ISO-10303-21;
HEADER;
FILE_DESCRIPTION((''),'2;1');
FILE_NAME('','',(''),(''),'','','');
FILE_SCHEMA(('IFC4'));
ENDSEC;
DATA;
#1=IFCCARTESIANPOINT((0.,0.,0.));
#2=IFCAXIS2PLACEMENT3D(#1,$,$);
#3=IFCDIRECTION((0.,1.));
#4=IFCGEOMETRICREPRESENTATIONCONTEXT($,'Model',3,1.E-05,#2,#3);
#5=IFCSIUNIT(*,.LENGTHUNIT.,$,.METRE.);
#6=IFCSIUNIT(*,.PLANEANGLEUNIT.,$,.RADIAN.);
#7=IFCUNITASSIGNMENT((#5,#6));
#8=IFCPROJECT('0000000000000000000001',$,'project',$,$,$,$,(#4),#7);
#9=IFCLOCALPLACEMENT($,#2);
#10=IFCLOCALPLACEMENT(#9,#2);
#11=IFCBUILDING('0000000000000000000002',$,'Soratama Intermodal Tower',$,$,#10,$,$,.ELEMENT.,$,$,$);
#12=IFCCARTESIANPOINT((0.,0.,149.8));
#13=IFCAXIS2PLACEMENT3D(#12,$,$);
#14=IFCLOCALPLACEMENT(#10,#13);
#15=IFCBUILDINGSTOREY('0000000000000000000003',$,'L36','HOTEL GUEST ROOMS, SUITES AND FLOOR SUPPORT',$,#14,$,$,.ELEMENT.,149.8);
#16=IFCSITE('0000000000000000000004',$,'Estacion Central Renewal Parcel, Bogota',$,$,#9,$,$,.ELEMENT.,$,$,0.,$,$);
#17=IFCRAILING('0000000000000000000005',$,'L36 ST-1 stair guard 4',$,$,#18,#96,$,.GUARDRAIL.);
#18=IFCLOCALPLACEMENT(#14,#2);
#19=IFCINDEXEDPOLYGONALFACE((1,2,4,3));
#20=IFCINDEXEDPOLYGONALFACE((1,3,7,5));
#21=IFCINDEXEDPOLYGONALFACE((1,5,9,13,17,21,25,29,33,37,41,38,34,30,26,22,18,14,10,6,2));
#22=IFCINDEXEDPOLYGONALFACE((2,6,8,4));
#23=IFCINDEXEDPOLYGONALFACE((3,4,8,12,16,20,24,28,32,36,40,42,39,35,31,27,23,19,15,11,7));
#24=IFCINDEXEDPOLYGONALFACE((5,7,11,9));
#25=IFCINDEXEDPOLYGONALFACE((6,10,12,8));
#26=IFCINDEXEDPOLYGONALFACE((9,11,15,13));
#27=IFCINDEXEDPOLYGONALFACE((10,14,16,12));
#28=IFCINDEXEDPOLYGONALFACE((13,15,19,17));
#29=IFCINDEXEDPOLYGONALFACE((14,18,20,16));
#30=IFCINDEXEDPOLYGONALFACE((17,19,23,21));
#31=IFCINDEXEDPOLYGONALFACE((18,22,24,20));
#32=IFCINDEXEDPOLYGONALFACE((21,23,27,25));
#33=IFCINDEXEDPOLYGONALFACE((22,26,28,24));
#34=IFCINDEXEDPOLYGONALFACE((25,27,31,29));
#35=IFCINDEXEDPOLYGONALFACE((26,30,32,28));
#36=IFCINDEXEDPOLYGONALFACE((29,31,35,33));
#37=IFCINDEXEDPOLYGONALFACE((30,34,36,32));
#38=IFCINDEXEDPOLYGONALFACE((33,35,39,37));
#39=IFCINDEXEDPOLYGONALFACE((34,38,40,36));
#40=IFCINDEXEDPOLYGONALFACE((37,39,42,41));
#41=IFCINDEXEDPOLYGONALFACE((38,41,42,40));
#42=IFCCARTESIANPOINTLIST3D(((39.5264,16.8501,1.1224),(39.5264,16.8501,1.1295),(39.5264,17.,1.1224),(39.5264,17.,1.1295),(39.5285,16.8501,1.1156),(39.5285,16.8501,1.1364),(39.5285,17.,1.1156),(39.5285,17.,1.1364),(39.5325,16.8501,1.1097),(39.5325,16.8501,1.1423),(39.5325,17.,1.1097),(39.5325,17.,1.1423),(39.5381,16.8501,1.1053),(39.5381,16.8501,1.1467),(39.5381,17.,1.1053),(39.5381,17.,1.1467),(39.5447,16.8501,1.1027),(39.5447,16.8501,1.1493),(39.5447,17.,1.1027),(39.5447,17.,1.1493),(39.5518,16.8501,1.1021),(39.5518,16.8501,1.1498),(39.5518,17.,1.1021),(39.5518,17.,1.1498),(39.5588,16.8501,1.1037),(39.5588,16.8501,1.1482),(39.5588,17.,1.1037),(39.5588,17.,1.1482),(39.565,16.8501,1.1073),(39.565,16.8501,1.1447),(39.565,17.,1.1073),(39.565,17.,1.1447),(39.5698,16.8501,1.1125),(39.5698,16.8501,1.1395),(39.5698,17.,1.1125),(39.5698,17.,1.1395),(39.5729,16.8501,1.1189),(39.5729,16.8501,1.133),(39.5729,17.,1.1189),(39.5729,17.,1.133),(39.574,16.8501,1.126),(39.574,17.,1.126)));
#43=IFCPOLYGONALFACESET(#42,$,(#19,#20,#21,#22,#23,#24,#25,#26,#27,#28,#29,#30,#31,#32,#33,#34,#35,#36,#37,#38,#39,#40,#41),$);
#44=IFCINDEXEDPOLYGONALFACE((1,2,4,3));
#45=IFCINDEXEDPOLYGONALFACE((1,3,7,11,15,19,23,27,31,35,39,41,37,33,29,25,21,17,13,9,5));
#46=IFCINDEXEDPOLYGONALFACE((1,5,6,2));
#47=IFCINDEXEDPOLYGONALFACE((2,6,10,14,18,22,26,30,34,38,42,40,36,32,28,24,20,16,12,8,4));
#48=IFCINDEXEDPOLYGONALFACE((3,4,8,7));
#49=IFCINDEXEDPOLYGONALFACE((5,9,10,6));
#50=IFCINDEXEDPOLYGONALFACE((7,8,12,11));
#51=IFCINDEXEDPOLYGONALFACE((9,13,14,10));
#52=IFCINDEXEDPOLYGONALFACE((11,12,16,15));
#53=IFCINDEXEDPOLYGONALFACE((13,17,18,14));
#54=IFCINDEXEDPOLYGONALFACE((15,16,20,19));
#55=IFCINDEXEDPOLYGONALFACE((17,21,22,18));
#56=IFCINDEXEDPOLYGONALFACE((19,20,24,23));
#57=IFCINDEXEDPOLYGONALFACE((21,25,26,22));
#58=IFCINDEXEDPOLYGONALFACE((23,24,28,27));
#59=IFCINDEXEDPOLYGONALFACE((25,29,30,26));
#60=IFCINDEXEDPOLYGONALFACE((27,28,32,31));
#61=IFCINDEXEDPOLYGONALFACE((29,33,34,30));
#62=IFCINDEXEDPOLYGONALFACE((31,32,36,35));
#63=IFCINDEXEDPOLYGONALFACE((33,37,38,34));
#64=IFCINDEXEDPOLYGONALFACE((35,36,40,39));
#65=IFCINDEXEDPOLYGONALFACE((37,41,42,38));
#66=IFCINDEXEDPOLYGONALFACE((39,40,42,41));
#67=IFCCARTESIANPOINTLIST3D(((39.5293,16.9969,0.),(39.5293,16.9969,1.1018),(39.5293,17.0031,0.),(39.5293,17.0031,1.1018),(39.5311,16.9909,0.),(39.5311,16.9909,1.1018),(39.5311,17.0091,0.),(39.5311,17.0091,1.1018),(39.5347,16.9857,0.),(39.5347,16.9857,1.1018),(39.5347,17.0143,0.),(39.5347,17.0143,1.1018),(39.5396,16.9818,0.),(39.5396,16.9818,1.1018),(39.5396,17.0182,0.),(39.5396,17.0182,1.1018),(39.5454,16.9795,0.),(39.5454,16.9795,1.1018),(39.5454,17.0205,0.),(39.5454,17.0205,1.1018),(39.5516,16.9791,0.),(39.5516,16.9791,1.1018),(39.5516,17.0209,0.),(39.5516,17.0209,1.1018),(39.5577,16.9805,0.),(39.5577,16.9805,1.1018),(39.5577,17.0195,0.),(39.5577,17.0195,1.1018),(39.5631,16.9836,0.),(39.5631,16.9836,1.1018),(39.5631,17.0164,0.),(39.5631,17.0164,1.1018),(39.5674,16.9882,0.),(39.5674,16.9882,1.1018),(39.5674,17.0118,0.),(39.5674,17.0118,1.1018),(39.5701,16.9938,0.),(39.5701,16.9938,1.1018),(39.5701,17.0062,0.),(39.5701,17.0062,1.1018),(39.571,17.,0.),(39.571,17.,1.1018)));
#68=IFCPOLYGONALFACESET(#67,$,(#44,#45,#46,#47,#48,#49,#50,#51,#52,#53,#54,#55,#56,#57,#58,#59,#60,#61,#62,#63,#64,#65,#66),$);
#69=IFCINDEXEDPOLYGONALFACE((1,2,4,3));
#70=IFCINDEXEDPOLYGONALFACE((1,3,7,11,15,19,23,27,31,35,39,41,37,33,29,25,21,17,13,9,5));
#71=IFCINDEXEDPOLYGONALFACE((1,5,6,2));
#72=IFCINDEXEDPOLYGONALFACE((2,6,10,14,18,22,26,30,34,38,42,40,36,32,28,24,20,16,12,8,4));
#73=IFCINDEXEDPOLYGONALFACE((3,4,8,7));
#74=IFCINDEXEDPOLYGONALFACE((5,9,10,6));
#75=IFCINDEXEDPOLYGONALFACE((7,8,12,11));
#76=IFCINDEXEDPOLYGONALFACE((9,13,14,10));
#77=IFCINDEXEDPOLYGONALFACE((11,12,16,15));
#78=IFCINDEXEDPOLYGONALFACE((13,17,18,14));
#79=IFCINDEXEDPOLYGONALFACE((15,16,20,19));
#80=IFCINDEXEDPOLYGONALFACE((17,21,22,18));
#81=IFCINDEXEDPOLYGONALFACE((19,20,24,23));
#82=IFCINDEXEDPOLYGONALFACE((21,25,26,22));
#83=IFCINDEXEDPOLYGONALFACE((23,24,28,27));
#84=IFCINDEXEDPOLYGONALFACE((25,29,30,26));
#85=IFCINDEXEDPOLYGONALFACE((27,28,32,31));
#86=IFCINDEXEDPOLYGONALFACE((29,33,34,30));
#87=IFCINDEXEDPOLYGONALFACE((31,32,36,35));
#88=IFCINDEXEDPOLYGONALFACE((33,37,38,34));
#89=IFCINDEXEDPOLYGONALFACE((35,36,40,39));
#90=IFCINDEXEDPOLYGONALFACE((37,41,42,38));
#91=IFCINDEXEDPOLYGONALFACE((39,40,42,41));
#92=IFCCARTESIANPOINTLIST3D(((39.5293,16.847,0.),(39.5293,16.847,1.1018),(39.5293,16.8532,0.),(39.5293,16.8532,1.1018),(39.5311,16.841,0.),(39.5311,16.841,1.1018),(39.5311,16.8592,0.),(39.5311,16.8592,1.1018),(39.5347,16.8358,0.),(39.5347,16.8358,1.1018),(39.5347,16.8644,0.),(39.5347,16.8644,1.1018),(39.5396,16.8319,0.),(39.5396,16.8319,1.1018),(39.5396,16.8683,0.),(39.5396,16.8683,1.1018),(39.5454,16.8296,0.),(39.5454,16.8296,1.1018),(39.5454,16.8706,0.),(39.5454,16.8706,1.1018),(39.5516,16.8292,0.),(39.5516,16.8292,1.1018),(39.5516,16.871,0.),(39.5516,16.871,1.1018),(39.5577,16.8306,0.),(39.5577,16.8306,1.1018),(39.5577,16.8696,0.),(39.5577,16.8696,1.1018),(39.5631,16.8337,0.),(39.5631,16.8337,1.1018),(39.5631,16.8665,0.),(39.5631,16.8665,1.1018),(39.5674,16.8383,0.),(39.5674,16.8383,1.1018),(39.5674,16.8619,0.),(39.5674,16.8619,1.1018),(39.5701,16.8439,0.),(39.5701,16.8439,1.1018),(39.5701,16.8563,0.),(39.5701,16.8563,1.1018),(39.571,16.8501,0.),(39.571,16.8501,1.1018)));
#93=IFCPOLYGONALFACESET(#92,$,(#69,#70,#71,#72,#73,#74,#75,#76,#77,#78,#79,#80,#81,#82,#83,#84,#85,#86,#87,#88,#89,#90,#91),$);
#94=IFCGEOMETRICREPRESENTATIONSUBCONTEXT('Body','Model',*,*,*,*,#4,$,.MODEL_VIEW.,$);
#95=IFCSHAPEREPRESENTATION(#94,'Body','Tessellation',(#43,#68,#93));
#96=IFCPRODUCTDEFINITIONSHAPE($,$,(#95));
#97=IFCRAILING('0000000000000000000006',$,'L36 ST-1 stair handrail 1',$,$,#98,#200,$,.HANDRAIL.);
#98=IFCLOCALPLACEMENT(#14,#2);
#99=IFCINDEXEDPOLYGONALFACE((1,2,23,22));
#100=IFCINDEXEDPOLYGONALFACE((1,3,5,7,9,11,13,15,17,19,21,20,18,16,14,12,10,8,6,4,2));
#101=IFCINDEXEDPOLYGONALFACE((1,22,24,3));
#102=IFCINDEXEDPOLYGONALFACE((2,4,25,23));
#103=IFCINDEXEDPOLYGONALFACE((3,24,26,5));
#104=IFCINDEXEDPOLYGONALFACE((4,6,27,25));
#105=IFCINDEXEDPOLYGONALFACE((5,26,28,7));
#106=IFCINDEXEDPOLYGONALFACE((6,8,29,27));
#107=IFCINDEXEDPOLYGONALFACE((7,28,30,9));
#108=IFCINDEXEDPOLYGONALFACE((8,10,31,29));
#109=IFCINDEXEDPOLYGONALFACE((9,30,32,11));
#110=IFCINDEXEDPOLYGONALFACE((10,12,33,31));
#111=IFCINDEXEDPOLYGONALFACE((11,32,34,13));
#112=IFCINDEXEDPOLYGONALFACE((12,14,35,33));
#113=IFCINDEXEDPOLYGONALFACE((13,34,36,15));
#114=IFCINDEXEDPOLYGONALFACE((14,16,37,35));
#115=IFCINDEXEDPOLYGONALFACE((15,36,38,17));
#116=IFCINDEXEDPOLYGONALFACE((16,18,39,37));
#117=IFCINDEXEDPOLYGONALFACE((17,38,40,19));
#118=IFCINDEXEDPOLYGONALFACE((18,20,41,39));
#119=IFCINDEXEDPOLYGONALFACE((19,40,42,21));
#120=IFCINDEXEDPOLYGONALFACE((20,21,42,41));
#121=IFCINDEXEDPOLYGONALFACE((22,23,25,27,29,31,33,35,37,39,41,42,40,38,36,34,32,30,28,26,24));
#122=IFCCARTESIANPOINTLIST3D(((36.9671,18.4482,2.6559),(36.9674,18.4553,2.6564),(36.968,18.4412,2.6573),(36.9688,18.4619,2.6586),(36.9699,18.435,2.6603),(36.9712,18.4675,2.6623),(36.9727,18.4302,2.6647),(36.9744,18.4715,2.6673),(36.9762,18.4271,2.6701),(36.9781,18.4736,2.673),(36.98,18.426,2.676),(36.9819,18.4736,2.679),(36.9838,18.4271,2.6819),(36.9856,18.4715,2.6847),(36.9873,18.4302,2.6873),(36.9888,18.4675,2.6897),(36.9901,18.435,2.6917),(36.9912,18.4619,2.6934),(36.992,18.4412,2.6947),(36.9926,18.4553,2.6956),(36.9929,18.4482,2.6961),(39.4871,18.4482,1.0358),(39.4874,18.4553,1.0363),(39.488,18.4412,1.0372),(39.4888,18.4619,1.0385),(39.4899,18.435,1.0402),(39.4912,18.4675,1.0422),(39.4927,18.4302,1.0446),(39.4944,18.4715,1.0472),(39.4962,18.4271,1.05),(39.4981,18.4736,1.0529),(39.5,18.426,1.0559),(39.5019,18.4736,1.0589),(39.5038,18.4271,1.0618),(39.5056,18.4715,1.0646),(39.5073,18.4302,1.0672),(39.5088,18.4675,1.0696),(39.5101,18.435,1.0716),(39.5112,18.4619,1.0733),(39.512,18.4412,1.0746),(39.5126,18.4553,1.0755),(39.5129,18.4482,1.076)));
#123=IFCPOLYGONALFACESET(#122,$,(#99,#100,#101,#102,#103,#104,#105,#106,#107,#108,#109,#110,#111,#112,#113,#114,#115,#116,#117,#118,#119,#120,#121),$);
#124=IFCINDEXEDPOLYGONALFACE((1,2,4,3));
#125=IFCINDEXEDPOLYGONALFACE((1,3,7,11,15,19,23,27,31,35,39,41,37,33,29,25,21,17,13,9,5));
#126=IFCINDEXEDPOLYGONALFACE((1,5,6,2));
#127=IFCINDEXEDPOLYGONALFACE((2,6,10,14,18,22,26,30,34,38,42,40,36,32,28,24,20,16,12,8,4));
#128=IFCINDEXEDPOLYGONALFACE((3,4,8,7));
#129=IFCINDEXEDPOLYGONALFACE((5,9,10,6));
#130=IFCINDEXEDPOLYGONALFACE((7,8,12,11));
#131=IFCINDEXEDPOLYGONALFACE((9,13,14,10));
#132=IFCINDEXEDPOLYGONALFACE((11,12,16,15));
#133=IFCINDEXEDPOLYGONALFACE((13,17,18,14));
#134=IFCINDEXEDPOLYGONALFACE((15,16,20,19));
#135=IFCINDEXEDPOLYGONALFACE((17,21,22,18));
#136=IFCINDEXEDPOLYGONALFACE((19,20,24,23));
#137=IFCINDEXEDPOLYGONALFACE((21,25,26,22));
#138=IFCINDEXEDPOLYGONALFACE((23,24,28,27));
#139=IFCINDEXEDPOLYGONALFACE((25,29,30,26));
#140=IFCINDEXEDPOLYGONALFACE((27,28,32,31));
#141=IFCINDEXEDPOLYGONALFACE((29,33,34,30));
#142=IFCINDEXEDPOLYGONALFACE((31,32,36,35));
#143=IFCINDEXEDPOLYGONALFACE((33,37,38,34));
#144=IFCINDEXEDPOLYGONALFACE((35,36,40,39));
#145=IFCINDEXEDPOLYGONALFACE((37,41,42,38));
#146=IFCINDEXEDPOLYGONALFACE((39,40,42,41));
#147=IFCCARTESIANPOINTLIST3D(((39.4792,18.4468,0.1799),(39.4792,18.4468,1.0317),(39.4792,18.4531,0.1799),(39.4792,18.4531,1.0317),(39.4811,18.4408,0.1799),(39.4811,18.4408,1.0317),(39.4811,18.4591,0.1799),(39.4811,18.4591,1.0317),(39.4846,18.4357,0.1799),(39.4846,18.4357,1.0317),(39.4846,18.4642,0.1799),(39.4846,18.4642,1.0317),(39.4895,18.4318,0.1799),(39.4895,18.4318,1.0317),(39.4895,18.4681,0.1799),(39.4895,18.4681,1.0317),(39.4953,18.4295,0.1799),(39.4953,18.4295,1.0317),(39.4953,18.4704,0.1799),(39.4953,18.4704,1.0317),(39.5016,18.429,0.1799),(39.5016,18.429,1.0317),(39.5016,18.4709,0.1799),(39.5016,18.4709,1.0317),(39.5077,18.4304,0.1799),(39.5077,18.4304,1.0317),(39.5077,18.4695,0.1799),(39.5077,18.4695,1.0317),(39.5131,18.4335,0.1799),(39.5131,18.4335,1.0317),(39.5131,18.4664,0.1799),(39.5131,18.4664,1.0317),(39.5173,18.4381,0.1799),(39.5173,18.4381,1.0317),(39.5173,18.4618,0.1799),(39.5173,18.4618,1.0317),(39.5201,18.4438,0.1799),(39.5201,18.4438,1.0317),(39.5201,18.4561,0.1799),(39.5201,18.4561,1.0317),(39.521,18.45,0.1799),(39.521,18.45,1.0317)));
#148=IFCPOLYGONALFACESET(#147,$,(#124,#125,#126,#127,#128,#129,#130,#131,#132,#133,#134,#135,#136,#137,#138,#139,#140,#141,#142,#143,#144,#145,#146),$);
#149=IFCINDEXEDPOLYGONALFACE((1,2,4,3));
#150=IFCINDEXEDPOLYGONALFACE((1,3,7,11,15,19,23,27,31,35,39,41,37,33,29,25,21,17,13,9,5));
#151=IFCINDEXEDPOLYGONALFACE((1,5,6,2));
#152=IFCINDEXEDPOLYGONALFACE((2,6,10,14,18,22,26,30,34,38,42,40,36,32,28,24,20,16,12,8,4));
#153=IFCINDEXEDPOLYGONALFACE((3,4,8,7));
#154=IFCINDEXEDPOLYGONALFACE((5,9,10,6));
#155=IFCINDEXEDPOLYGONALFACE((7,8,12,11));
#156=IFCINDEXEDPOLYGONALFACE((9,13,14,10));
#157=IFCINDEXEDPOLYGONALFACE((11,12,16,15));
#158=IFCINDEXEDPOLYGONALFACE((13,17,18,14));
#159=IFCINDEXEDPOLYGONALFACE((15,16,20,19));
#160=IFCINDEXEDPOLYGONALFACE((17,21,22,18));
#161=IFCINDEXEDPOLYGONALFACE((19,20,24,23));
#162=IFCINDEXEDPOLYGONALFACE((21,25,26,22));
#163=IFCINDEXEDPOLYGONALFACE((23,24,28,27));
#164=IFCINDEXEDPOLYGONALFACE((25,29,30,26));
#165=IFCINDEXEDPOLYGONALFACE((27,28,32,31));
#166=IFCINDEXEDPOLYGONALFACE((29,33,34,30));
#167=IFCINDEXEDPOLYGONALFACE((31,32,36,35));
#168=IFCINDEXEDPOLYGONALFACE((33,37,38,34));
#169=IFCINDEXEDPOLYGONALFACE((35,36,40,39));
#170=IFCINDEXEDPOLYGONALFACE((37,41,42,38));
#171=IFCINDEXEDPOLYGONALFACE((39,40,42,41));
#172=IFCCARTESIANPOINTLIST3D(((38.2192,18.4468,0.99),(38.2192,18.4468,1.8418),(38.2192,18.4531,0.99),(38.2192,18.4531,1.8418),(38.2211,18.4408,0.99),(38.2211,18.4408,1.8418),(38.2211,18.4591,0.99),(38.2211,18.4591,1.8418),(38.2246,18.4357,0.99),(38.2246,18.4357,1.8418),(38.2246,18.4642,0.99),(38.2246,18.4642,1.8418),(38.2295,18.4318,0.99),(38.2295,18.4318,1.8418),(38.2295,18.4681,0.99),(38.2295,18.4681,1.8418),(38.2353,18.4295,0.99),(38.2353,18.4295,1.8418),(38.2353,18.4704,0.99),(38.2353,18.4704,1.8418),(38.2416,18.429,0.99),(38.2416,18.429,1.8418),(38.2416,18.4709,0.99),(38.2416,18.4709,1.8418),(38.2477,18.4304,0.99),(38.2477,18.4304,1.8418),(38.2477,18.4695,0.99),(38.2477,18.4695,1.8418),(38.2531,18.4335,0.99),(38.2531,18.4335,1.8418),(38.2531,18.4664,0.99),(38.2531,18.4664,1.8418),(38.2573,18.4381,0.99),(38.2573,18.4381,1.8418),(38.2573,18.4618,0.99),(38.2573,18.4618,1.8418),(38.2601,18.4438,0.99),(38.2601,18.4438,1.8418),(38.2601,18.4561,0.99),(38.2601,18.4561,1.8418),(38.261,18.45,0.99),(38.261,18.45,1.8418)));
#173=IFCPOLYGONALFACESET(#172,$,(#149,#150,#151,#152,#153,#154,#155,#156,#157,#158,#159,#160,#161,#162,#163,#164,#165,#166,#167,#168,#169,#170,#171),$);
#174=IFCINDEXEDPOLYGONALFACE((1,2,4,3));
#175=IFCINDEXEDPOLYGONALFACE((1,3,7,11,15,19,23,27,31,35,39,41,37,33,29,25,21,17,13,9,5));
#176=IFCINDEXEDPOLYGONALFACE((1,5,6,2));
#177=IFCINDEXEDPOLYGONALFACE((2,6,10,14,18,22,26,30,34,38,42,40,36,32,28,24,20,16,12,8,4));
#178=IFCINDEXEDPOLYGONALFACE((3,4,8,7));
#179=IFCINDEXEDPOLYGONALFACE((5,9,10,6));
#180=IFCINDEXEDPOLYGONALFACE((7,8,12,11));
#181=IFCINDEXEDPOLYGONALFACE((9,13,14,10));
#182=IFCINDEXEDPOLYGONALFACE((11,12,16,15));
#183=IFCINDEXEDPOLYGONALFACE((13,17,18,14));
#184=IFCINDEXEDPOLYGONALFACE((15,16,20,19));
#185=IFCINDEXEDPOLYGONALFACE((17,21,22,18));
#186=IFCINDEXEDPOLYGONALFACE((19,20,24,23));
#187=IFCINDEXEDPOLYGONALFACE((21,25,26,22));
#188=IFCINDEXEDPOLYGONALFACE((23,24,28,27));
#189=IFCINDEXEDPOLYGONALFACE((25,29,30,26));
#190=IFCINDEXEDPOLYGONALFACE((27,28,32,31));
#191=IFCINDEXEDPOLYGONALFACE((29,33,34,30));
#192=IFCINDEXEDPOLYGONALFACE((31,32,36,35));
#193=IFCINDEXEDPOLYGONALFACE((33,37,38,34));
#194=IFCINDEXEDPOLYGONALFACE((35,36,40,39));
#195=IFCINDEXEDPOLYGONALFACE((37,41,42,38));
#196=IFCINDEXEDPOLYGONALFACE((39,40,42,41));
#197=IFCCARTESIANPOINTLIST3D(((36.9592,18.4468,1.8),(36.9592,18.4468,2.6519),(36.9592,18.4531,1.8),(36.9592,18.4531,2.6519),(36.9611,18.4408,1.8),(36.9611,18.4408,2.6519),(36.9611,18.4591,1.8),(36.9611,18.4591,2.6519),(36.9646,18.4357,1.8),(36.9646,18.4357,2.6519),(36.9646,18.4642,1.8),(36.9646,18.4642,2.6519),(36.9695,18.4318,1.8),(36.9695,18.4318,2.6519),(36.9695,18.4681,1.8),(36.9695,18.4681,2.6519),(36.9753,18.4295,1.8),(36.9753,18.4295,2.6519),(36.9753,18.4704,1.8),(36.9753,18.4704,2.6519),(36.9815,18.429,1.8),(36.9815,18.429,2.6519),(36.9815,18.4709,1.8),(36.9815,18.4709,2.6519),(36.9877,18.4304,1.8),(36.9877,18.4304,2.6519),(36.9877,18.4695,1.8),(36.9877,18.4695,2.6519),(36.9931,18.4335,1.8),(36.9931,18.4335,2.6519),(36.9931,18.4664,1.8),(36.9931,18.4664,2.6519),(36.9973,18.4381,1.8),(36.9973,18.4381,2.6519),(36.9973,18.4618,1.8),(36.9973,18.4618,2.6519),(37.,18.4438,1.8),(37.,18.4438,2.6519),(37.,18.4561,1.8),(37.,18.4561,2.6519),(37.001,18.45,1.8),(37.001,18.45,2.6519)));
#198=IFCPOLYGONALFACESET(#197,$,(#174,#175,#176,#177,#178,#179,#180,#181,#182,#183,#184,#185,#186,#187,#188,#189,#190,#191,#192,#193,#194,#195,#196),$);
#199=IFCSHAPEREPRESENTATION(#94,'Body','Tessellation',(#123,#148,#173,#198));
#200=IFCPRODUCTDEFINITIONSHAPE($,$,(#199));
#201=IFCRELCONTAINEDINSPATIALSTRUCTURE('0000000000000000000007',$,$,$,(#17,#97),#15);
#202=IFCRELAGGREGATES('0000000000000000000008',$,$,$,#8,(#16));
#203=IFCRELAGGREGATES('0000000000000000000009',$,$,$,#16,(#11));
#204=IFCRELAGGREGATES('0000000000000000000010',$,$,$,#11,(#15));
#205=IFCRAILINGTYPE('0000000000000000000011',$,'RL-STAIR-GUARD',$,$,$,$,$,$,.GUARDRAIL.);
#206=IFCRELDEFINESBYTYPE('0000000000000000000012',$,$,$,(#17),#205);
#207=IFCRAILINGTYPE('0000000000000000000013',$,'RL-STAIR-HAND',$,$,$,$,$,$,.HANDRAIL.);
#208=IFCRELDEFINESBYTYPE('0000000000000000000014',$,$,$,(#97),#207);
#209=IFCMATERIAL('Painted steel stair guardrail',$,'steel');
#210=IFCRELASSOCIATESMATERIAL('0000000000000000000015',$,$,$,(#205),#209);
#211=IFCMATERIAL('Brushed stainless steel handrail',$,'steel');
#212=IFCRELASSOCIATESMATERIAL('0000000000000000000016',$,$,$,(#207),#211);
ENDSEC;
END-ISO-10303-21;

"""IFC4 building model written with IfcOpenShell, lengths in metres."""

from ifc_helpers import new_model, si_unit, direction, frame, origin, origin_2d, place, context, subcontext, project, spatial, circle, extrude, material, type_object, element, save


model = new_model("IFC4")

# Units and contexts
model_context = context("Model", 3, precision=1e-05, world=origin(), true_north=direction((0.0, 1.0)))
body_context = subcontext(model_context, "Body", "Model", "MODEL_VIEW")
ifc_project = project(units=[si_unit("LENGTHUNIT", "METRE"), si_unit("PLANEANGLEUNIT", "RADIAN")], contexts=[model_context])

# Site, building, storey
site_placement = place(None, origin())
site = spatial("IfcSite", under=ifc_project, at=site_placement, Name="Estacion Central Renewal Parcel, Bogota", CompositionType="ELEMENT", RefElevation=0.0)
building_placement = place(site_placement, origin())
building = spatial("IfcBuilding", under=site, at=building_placement, Name="Soratama Intermodal Tower", CompositionType="ELEMENT")
storey_placement = place(building_placement, frame((0.0, 0.0, 149.8)))
storey = spatial("IfcBuildingStorey", under=building, at=storey_placement, Name="L36", Description="HOTEL GUEST ROOMS, SUITES AND FLOOR SUPPORT", CompositionType="ELEMENT", Elevation=149.8)

# Railings
ifc_material_1 = material(Name="Painted steel stair guardrail", Category="steel")
railing_type_1 = type_object("IfcRailingType", Name="RL-STAIR-GUARD", PredefinedType="GUARDRAIL", material=ifc_material_1)
railing_1_placement = place(storey_placement, frame((39.55, 17.0, 0.0)))
element("IfcRailing", 1, at=railing_1_placement, inside=storey, type_object=railing_type_1, Name="L36 ST-1 stair guard 4", PredefinedType="GUARDRAIL", context=body_context, shape_type="SweptSolid", body=[
    extrude(circle(Radius=0.0239, at=origin_2d()), frame((0.0, 0.0, 1.126), z_axis=(0.0, -1.0, 0.0), x_axis=(1.0, 0.0, 0.0)), (0.0, 0.0, 1.0), 0.1499),
    extrude(circle(Radius=0.021, at=origin_2d()), origin(), (0.0, 0.0, 1.0), 1.1018),
    extrude(circle(Radius=0.021, at=origin_2d()), frame((0.0, -0.1499, 0.0)), (0.0, 0.0, 1.0), 1.1018),
])
ifc_material_2 = material(Name="Brushed stainless steel handrail", Category="steel")
railing_type_2 = type_object("IfcRailingType", Name="RL-STAIR-HAND", PredefinedType="HANDRAIL", material=ifc_material_2)
railing_2_placement = place(storey_placement, frame((39.5, 18.45, 0.1799)))
element("IfcRailing", 2, at=railing_2_placement, inside=storey, type_object=railing_type_2, Name="L36 ST-1 stair handrail 1", PredefinedType="HANDRAIL", context=body_context, shape_type="SweptSolid", body=[
    extrude(circle(Radius=0.0239, at=origin_2d()), frame((0.0, 0.0, 0.876), z_axis=(-0.841163, 0.0, 0.540782), x_axis=(0.0, -1.0, 0.0)), (0.0, 0.0, 1.0), 2.9958),
    extrude(circle(Radius=0.021, at=origin_2d()), origin(), (0.0, 0.0, 1.0), 0.8518),
    extrude(circle(Radius=0.021, at=origin_2d()), frame((-1.26, 0.0, 0.8101)), (0.0, 0.0, 1.0), 0.8518),
    extrude(circle(Radius=0.021, at=origin_2d()), frame((-2.52, 0.0, 1.6201)), (0.0, 0.0, 1.0), 0.8518),
])

save(model, "model.ifc")
